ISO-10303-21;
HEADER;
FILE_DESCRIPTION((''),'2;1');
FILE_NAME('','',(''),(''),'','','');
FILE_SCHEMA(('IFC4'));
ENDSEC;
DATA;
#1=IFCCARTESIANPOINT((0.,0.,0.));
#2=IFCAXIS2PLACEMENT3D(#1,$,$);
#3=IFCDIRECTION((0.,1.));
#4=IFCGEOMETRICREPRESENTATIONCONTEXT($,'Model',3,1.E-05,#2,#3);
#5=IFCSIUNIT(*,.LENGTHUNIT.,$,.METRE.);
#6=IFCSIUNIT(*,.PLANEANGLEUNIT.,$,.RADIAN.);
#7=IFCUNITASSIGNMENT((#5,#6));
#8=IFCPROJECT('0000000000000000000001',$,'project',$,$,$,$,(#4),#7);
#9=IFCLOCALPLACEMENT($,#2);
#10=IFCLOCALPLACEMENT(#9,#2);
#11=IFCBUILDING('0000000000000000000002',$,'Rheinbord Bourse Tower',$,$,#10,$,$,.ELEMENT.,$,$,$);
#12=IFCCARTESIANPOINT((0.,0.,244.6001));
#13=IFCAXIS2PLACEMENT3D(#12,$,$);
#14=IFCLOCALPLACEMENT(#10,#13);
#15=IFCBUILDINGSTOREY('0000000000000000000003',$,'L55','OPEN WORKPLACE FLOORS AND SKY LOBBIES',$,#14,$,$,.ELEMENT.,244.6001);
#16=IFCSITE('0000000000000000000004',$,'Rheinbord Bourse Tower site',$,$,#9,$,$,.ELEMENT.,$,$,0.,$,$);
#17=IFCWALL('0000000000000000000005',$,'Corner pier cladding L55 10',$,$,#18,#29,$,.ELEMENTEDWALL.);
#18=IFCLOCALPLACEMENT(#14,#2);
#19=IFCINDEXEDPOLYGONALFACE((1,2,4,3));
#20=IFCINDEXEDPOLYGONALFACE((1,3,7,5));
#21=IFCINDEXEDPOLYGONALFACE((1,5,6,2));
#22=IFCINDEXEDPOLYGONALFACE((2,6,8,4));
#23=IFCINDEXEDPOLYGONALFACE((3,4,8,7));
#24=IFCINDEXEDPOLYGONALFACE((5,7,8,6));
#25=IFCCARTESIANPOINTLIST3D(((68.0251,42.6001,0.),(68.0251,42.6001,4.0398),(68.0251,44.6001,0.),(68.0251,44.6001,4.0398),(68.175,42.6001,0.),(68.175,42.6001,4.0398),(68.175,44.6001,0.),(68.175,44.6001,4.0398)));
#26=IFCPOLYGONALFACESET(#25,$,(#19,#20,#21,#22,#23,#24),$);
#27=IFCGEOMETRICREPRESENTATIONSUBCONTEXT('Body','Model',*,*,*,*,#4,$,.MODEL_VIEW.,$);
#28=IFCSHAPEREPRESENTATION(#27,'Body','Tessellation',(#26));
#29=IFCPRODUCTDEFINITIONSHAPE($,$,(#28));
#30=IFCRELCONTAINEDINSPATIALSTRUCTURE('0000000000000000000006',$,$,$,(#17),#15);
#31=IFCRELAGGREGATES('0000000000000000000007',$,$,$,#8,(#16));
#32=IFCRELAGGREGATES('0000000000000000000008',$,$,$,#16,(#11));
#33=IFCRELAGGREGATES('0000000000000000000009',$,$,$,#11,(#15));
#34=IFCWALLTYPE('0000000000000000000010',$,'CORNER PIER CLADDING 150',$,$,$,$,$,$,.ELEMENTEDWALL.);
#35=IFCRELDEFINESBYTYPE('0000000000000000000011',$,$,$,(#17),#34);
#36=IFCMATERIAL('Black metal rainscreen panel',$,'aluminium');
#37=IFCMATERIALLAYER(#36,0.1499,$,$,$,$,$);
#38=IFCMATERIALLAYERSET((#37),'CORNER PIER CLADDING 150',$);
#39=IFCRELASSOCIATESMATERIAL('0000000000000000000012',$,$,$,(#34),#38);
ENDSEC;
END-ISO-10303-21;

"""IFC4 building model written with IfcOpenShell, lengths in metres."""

from ifc_helpers import new_model, si_unit, direction, frame, frame_2d, origin, place, context, subcontext, project, spatial, rectangle, extrude, material, layer, layer_set, type_object, element, save


model = new_model("IFC4")

# Units and contexts
model_context = context("Model", 3, precision=1e-05, world=origin(), true_north=direction((0.0, 1.0)))
body_context = subcontext(model_context, "Body", "Model", "MODEL_VIEW")
ifc_project = project(units=[si_unit("LENGTHUNIT", "METRE"), si_unit("PLANEANGLEUNIT", "RADIAN")], contexts=[model_context])

# Site, building, storey
site_placement = place(None, origin())
site = spatial("IfcSite", under=ifc_project, at=site_placement, Name="Rheinbord Bourse Tower site", CompositionType="ELEMENT", RefElevation=0.0)
building_placement = place(site_placement, origin())
building = spatial("IfcBuilding", under=site, at=building_placement, Name="Rheinbord Bourse Tower", CompositionType="ELEMENT")
storey_placement = place(building_placement, frame((0.0, 0.0, 244.6001)))
storey = spatial("IfcBuildingStorey", under=building, at=storey_placement, Name="L55", Description="OPEN WORKPLACE FLOORS AND SKY LOBBIES", CompositionType="ELEMENT", Elevation=244.6001)

# Wall
ifc_material_1 = material(Name="Black metal rainscreen panel", Category="aluminium")
ifc_layer_1 = layer(ifc_material_1, 0.1499)
ifc_layer_set_1 = layer_set([ifc_layer_1], Name="CORNER PIER CLADDING 150")
wall_type = type_object("IfcWallType", Name="CORNER PIER CLADDING 150", PredefinedType="ELEMENTEDWALL", material=ifc_layer_set_1)
wall_1_placement = place(storey_placement, frame((68.1001, 42.6001, 0.0), z_axis=(0.0, 0.0, 1.0), x_axis=(0.0, 1.0, 0.0)))
element("IfcWall", 1, at=wall_1_placement, inside=storey, type_object=wall_type, Name="Corner pier cladding L55 10", PredefinedType="ELEMENTEDWALL", context=body_context, shape_type="SweptSolid", body=[
    extrude(rectangle(XDim=2.0, YDim=0.1499, at=frame_2d((1.0, 0.0))), origin(), (0.0, 0.0, 1.0), 4.0398),
])

save(model, "model.ifc")
